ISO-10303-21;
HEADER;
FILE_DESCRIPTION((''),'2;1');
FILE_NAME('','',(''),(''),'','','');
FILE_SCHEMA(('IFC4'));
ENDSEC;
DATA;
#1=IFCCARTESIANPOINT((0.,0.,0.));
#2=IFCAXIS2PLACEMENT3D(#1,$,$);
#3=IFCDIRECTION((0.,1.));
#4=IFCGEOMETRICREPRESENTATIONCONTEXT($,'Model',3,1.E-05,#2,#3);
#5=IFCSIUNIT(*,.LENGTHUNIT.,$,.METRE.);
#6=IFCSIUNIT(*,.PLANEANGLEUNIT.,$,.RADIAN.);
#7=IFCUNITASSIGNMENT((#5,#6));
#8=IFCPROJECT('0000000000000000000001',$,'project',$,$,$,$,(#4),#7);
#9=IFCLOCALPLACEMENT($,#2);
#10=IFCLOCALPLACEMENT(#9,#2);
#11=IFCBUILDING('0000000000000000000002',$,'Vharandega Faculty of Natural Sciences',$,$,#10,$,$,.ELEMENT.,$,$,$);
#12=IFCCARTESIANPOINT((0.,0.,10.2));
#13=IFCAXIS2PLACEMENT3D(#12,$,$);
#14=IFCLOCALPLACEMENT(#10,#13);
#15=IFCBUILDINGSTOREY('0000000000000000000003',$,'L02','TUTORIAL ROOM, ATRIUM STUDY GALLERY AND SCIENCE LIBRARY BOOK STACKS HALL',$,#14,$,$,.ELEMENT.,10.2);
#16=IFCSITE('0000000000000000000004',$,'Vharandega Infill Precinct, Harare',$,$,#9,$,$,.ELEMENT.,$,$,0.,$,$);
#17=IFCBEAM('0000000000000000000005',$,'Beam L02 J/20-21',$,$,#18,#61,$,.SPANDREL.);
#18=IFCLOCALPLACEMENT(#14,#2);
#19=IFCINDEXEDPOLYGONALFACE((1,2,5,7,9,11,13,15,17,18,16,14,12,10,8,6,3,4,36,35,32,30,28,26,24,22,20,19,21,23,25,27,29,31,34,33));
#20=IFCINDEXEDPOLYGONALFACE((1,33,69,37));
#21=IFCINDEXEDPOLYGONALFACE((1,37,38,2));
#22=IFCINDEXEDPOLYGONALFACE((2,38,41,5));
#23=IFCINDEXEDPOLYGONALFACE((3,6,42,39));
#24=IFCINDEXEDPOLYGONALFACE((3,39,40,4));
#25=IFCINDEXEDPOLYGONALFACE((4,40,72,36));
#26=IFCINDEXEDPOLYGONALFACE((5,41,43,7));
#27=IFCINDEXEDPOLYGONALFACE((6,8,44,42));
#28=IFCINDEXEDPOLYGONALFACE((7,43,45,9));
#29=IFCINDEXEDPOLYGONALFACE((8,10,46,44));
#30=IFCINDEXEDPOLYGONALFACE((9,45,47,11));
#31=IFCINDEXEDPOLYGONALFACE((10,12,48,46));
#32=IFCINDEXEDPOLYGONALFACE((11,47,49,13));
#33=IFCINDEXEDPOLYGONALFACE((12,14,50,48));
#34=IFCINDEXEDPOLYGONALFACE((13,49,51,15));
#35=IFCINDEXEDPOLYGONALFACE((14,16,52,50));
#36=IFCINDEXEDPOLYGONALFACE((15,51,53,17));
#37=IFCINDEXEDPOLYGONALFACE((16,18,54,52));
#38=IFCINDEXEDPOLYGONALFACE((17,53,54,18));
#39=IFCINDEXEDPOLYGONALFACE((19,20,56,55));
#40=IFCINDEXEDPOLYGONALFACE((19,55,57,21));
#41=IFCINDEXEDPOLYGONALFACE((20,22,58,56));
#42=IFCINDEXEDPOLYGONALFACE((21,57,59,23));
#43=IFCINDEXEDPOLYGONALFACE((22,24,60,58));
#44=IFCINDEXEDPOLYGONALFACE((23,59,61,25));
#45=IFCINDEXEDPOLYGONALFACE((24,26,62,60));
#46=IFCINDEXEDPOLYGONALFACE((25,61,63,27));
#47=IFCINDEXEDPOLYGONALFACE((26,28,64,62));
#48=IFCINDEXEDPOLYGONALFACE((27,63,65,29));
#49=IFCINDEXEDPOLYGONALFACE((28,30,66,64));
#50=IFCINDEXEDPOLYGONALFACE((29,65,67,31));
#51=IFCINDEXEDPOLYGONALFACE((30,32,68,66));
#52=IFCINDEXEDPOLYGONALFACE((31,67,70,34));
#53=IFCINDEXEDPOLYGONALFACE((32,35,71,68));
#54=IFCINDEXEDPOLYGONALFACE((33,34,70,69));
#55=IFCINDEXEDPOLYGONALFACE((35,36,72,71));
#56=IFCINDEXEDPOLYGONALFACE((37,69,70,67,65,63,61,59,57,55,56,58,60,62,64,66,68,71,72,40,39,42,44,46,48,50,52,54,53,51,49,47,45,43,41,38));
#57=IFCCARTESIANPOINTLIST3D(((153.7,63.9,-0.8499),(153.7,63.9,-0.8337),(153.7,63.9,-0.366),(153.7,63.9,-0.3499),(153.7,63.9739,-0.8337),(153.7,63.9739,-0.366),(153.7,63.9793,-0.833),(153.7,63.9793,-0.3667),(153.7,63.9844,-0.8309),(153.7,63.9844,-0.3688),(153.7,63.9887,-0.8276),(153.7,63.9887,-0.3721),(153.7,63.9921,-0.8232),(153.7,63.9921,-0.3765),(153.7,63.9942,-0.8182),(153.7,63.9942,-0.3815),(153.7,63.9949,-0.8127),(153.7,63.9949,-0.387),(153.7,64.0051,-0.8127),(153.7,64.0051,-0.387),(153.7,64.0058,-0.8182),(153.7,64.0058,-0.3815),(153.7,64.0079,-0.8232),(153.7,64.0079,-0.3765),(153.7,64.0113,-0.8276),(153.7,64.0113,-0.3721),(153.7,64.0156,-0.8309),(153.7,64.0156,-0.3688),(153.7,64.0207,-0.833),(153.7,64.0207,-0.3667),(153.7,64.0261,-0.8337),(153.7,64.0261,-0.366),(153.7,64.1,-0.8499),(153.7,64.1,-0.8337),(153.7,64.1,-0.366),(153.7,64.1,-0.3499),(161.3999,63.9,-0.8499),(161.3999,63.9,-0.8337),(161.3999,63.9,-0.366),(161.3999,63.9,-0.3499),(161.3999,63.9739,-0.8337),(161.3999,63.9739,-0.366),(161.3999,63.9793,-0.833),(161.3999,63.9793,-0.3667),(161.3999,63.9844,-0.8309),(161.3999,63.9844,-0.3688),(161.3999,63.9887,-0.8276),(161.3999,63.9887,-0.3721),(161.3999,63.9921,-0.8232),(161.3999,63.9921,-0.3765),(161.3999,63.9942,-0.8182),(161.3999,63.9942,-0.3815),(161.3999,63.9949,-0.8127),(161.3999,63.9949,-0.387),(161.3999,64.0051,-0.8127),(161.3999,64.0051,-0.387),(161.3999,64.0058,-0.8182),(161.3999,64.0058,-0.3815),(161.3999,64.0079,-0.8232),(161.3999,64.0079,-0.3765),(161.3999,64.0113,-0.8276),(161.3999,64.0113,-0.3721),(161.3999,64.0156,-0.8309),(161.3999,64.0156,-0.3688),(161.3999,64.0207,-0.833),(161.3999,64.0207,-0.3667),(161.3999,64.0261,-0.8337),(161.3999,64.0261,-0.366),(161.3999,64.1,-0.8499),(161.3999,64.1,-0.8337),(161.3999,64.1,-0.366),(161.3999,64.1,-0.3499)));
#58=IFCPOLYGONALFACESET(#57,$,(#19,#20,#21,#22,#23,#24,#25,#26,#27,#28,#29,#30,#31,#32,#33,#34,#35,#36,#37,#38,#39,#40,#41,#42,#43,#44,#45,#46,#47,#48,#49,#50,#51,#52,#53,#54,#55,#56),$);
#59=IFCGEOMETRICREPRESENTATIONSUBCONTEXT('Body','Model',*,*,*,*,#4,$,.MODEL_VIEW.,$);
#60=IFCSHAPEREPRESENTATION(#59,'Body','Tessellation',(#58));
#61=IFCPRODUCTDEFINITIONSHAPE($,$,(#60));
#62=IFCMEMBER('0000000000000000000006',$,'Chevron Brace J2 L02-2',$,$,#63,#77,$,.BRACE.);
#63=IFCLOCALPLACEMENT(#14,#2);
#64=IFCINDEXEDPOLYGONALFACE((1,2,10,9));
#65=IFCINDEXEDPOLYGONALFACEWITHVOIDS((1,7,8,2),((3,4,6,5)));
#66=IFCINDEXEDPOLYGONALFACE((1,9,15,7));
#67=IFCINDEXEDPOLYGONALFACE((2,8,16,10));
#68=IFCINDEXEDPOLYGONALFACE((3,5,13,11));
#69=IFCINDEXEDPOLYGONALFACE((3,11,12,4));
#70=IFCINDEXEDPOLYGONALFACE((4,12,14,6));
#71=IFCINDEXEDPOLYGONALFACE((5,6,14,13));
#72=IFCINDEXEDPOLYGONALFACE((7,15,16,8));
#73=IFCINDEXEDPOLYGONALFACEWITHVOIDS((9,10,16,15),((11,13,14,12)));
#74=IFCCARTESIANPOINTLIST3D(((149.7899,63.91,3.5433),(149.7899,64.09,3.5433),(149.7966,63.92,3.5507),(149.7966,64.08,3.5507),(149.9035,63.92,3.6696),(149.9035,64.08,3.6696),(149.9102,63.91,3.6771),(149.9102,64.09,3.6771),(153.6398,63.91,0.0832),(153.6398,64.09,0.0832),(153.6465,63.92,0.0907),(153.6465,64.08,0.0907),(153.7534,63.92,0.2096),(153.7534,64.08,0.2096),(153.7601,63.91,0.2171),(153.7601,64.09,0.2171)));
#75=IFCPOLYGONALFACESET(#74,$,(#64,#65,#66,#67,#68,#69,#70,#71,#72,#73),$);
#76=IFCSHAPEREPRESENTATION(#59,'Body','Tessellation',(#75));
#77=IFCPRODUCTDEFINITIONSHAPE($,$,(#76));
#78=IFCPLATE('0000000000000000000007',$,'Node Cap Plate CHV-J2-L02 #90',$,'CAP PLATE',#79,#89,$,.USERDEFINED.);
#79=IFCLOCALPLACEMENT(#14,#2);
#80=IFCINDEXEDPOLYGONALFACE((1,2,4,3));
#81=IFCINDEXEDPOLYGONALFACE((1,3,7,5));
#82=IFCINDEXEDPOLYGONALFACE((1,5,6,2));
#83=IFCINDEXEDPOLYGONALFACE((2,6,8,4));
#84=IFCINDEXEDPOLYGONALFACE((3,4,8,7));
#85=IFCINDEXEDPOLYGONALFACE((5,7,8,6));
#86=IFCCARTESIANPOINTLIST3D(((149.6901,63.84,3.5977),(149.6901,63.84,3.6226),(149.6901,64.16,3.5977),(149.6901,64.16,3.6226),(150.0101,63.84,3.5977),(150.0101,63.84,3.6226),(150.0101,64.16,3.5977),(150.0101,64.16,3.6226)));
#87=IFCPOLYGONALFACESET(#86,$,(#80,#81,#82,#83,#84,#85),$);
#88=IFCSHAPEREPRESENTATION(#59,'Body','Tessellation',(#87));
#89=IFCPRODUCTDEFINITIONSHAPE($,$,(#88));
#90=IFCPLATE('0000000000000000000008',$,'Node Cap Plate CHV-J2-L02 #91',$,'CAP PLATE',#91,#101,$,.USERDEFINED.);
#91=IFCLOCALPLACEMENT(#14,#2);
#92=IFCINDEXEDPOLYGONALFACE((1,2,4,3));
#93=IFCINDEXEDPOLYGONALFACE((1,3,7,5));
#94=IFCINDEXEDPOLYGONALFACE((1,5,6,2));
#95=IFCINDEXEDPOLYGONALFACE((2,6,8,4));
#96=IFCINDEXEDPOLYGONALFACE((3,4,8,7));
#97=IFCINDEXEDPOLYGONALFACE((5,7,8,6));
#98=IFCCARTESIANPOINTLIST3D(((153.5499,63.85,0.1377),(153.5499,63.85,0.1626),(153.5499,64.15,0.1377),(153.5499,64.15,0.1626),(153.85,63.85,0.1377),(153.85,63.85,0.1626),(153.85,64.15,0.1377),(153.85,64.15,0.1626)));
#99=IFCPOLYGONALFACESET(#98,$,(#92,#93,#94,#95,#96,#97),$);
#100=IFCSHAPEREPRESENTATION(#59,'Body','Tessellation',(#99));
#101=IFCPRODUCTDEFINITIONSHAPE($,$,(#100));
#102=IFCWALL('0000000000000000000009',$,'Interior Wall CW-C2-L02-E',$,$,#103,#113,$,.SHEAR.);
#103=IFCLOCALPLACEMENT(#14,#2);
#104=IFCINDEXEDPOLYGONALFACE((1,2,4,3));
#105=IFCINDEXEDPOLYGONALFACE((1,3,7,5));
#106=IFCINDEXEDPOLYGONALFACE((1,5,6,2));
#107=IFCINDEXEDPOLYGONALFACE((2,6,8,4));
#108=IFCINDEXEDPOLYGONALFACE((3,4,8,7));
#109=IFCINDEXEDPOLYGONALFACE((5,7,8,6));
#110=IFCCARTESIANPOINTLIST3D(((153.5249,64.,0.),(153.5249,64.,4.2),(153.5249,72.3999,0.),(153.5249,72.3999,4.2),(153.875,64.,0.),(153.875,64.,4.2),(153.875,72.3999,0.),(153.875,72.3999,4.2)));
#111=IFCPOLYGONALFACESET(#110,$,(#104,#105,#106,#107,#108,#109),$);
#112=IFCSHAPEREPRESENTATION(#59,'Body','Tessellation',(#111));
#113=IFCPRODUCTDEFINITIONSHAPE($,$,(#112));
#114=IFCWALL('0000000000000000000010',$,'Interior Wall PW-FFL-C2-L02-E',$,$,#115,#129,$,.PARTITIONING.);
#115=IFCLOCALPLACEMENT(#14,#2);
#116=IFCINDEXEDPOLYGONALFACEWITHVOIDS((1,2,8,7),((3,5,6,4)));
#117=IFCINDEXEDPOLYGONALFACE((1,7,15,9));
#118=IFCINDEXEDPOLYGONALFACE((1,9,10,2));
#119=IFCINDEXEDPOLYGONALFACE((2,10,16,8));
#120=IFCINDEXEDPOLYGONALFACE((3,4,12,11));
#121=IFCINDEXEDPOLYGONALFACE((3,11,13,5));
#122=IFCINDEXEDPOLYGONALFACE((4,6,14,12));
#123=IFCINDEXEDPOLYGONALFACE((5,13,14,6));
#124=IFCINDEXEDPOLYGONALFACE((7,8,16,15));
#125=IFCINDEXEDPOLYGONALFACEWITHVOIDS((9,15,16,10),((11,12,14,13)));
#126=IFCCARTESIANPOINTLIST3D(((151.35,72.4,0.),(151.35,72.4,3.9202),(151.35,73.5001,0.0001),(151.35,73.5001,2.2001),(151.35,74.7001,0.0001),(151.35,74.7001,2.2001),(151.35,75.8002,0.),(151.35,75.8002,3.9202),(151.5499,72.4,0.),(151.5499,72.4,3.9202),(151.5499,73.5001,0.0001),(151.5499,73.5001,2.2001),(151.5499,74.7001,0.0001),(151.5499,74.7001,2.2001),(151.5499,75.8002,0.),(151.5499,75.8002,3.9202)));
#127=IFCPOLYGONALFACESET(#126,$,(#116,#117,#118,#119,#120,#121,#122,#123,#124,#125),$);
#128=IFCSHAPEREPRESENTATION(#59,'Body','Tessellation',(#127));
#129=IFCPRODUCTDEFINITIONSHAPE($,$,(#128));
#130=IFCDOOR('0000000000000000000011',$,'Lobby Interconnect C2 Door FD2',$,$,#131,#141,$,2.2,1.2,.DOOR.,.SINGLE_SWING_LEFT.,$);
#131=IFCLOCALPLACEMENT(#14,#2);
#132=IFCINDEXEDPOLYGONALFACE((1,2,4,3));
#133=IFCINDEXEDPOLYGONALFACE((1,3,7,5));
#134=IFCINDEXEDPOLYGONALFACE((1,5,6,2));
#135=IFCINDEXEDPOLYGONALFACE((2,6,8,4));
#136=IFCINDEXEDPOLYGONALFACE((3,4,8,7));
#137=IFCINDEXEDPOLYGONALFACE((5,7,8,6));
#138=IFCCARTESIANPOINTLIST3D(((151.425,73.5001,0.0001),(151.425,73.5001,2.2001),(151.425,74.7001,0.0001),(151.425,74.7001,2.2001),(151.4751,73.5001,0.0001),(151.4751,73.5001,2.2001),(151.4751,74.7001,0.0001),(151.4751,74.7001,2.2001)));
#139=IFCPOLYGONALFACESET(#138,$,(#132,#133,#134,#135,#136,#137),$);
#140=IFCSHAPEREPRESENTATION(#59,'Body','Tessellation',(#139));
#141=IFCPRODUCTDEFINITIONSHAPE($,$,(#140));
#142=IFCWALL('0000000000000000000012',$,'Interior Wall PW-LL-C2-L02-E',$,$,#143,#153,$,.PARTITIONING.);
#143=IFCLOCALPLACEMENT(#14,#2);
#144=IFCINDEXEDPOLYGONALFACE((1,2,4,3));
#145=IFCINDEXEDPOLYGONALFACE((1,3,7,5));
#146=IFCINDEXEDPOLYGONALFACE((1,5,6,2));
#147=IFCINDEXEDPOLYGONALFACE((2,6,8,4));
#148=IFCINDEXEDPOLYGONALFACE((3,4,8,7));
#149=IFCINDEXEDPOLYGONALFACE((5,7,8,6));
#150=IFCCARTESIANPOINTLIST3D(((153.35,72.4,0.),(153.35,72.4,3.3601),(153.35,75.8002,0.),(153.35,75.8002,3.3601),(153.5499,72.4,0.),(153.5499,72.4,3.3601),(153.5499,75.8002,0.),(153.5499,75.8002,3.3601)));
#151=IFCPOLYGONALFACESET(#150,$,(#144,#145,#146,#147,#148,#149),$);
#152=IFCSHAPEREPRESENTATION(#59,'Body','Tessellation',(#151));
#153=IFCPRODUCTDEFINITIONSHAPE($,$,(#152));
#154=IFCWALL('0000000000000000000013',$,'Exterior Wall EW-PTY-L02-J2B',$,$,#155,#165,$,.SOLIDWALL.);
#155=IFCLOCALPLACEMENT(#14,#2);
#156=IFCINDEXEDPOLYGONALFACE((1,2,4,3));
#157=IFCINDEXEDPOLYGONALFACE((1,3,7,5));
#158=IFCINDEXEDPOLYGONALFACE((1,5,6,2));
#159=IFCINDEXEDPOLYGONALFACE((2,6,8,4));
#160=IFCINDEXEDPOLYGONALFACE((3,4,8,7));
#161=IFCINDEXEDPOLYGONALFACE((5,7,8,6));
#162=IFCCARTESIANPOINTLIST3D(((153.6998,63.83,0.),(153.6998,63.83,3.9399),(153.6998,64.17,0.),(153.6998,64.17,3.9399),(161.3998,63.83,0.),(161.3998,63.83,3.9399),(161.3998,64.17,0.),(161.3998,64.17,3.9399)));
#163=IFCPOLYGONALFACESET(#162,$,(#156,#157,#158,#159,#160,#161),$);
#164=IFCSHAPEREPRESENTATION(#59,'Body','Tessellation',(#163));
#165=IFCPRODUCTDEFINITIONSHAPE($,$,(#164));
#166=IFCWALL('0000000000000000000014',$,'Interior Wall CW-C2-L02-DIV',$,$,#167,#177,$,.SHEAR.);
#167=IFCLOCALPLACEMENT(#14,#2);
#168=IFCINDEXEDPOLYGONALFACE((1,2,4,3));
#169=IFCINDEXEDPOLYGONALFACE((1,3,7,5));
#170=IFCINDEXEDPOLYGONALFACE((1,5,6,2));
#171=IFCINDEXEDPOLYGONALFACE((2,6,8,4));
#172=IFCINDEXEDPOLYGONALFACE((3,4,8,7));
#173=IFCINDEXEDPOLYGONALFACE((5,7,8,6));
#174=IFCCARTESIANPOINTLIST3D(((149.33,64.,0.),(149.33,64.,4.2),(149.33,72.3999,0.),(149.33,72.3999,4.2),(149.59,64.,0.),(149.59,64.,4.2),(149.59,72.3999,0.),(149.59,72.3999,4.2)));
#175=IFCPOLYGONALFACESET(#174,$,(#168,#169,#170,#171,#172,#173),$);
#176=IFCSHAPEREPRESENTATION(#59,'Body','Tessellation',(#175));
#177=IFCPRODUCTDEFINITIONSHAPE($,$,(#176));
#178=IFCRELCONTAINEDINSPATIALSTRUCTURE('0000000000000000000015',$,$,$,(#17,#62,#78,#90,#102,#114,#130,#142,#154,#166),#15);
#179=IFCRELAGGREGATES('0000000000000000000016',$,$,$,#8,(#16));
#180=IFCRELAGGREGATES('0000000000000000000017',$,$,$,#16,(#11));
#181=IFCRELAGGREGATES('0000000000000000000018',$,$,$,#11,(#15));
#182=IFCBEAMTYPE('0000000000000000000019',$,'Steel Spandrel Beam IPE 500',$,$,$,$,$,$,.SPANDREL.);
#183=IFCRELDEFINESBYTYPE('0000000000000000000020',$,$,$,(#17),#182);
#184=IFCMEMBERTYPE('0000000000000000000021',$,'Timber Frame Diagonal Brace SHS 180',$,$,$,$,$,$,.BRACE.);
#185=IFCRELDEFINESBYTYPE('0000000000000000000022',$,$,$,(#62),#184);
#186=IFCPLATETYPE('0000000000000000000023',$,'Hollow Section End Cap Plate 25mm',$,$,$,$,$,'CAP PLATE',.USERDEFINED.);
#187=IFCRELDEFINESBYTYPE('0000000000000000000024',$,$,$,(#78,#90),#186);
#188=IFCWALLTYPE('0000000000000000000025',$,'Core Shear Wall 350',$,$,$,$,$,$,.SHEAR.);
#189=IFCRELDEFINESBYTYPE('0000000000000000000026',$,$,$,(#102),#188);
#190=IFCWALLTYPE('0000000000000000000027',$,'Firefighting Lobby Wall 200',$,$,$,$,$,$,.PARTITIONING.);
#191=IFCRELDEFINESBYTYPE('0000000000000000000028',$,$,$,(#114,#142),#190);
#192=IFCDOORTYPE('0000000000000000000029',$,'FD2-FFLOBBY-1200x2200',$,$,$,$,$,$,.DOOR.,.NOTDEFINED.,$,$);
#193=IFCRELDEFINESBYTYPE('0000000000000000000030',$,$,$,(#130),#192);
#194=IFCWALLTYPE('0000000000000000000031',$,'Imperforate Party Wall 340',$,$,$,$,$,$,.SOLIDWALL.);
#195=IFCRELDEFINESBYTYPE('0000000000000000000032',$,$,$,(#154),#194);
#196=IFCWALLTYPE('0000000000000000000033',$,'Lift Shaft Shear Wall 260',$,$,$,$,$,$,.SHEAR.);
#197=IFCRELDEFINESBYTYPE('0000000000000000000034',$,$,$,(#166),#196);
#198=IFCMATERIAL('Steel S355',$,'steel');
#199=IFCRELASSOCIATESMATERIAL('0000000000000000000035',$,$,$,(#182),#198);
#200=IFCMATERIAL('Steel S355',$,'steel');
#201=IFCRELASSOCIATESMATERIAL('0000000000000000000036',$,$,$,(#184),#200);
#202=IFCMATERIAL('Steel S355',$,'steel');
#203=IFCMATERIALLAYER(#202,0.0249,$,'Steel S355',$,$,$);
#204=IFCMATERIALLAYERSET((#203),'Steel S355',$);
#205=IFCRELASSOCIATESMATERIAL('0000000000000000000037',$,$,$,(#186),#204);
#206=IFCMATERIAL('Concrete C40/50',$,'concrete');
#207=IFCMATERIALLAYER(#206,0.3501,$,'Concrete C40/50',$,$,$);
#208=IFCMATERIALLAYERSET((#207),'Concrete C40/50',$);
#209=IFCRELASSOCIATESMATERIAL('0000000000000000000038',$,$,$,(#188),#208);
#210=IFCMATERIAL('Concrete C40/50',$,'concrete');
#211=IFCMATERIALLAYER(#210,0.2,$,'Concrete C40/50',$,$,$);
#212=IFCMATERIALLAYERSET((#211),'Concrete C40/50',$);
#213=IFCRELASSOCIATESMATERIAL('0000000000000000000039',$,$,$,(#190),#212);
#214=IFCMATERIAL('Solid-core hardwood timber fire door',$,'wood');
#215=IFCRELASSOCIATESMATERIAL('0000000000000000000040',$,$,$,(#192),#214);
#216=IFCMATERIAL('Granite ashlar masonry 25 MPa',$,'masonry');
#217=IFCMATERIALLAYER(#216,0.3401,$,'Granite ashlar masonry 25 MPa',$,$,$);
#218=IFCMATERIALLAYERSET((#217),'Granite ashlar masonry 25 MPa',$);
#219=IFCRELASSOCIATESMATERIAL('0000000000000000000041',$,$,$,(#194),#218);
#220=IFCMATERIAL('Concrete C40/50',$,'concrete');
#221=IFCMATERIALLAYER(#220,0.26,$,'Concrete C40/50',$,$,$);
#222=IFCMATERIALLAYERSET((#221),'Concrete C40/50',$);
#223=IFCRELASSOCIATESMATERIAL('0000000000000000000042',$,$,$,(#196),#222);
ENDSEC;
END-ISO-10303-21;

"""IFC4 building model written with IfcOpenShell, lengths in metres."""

from ifc_helpers import new_model, si_unit, direction, frame, frame_2d, origin, origin_2d, place, context, subcontext, project, spatial, rectangle, hollow_rectangle, i_section, extrude, material, layer, layer_set, material_profile, profile_set, type_object, element, fill, save


model = new_model("IFC4")

# Units and contexts
model_context = context("Model", 3, precision=1e-05, world=origin(), true_north=direction((0.0, 1.0)))
body_context = subcontext(model_context, "Body", "Model", "MODEL_VIEW")
ifc_project = project(units=[si_unit("LENGTHUNIT", "METRE"), si_unit("PLANEANGLEUNIT", "RADIAN")], contexts=[model_context])

# Site, building, storey
site_placement = place(None, origin())
site = spatial("IfcSite", under=ifc_project, at=site_placement, Name="Vharandega Infill Precinct, Harare", CompositionType="ELEMENT", RefElevation=0.0)
building_placement = place(site_placement, origin())
building = spatial("IfcBuilding", under=site, at=building_placement, Name="Vharandega Faculty of Natural Sciences", CompositionType="ELEMENT")
storey_placement = place(building_placement, frame((0.0, 0.0, 10.2)))
storey = spatial("IfcBuildingStorey", under=building, at=storey_placement, Name="L02", Description="TUTORIAL ROOM, ATRIUM STUDY GALLERY AND SCIENCE LIBRARY BOOK STACKS HALL", CompositionType="ELEMENT", Elevation=10.2)

# Beam
ifc_material_1 = material(Name="Steel S355", Category="steel")
ifc_material_profile_1 = material_profile(ifc_material_1, i_section(OverallWidth=0.2, OverallDepth=0.5, WebThickness=0.0103, FlangeThickness=0.0161, FilletRadius=0.021, at=origin_2d()), Name="IPE 500")
ifc_profile_set_1 = profile_set([ifc_material_profile_1], Name="Steel S355")
beam_type_1 = type_object("IfcBeamType", Name="Steel Spandrel Beam IPE 500", PredefinedType="SPANDREL", material=ifc_profile_set_1)
beam_1_placement = place(storey_placement, frame((153.7, 64.0, -0.5999), z_axis=(1.0, 0.0, 0.0), x_axis=(0.0, 1.0, 0.0)))
element("IfcBeam", 1, at=beam_1_placement, inside=storey, type_object=beam_type_1, Name="Beam L02 J/20-21", PredefinedType="SPANDREL", context=body_context, shape_type="SweptSolid", body=[
    extrude(i_section(OverallWidth=0.2, OverallDepth=0.5, WebThickness=0.0103, FlangeThickness=0.0161, FilletRadius=0.021, at=origin_2d()), origin(), (0.0, 0.0, 1.0), 7.7),
])

# Member
ifc_material_2 = material(Name="Steel S355", Category="steel")
ifc_material_profile_2 = material_profile(ifc_material_2, hollow_rectangle(XDim=0.1799, YDim=0.1799, WallThickness=0.01, at=origin_2d()), Name="SHS 180x180x10")
ifc_profile_set_2 = profile_set([ifc_material_profile_2], Name="Steel S355")
member_type = type_object("IfcMemberType", Name="Timber Frame Diagonal Brace SHS 180", PredefinedType="BRACE", material=ifc_profile_set_2)
member_placement = place(storey_placement, frame((153.7, 64.0, 0.1501), z_axis=(-0.743765, 0.0, 0.668441), x_axis=(0.0, -1.0, 0.0)))
element("IfcMember", 2, at=member_placement, inside=storey, type_object=member_type, Name="Chevron Brace J2 L02-2", PredefinedType="BRACE", context=body_context, shape_type="SweptSolid", body=[
    extrude(hollow_rectangle(XDim=0.1799, YDim=0.1799, WallThickness=0.01, at=origin_2d()), origin(), (0.0, 0.0, 1.0), 5.1763),
])

# Plates
ifc_material_3 = material(Name="Steel S355", Category="steel")
ifc_layer_1 = layer(ifc_material_3, 0.0249, Name="Steel S355")
ifc_layer_set_1 = layer_set([ifc_layer_1], Name="Steel S355")
plate_type = type_object("IfcPlateType", Name="Hollow Section End Cap Plate 25mm", ElementType="CAP PLATE", PredefinedType="USERDEFINED", material=ifc_layer_set_1)
plate_1_placement = place(storey_placement, frame((149.8501, 64.0, 3.5977), z_axis=(0.0, 0.0, 1.0), x_axis=(1.0, 0.0, 0.0)))
element("IfcPlate", 3, at=plate_1_placement, inside=storey, type_object=plate_type, Name="Node Cap Plate CHV-J2-L02 #90", ObjectType="CAP PLATE", PredefinedType="USERDEFINED", context=body_context, shape_type="SweptSolid", body=[
    extrude(rectangle(XDim=0.3201, YDim=0.3201, at=origin_2d()), origin(), (0.0, 0.0, 1.0), 0.0249),
])
plate_2_placement = place(storey_placement, frame((153.7, 64.0, 0.1377), z_axis=(0.0, 0.0, 1.0), x_axis=(1.0, 0.0, 0.0)))
element("IfcPlate", 4, at=plate_2_placement, inside=storey, type_object=plate_type, Name="Node Cap Plate CHV-J2-L02 #91", ObjectType="CAP PLATE", PredefinedType="USERDEFINED", context=body_context, shape_type="SweptSolid", body=[
    extrude(rectangle(XDim=0.3, YDim=0.3, at=origin_2d()), origin(), (0.0, 0.0, 1.0), 0.0249),
])

# Wall
ifc_material_4 = material(Name="Concrete C40/50", Category="concrete")
ifc_layer_2 = layer(ifc_material_4, 0.3501, Name="Concrete C40/50")
ifc_layer_set_2 = layer_set([ifc_layer_2], Name="Concrete C40/50")
wall_type_1 = type_object("IfcWallType", Name="Core Shear Wall 350", PredefinedType="SHEAR", material=ifc_layer_set_2)
wall_1_placement = place(storey_placement, frame((153.7, 64.0, 0.0), z_axis=(0.0, 0.0, 1.0), x_axis=(0.0, 1.0, 0.0)))
element("IfcWall", 5, at=wall_1_placement, inside=storey, type_object=wall_type_1, Name="Interior Wall CW-C2-L02-E", PredefinedType="SHEAR", context=body_context, shape_type="SweptSolid", body=[
    extrude(rectangle(XDim=8.3999, YDim=0.3501, at=frame_2d((4.2, 0.0))), origin(), (0.0, 0.0, 1.0), 4.2),
])

# Wall, opening, door
ifc_material_5 = material(Name="Concrete C40/50", Category="concrete")
ifc_layer_3 = layer(ifc_material_5, 0.2, Name="Concrete C40/50")
ifc_layer_set_3 = layer_set([ifc_layer_3], Name="Concrete C40/50")
wall_type_2 = type_object("IfcWallType", Name="Firefighting Lobby Wall 200", PredefinedType="PARTITIONING", material=ifc_layer_set_3)
wall_2_placement = place(storey_placement, frame((151.45, 72.3999, 0.0), z_axis=(0.0, 0.0, 1.0), x_axis=(0.0, 1.0, 0.0)))
wall_2 = element("IfcWall", 6, at=wall_2_placement, inside=storey, type_object=wall_type_2, Name="Interior Wall PW-FFL-C2-L02-E", PredefinedType="PARTITIONING", context=body_context, shape_type="SweptSolid", body=[
    extrude(rectangle(XDim=3.4001, YDim=0.2, at=frame_2d((1.7002, 0.0))), origin(), (0.0, 0.0, 1.0), 3.9202),
])
opening_1_placement = place(wall_2_placement, frame((1.1001, 0.0, 0.0)))
opening_1 = element("IfcOpeningElement", 7, at=opening_1_placement, cuts=wall_2, PredefinedType="OPENING", context=body_context, shape_type="SweptSolid", body=[
    extrude(rectangle(XDim=1.2, YDim=2.2, at=frame_2d((0.6001, 1.1001))), frame((0.0, 0.1099, 0.0), z_axis=(0.0, -1.0, 0.0), x_axis=(1.0, 0.0, 0.0)), (0.0, 0.0, 1.0), 0.22),
])
ifc_material_6 = material(Name="Solid-core hardwood timber fire door", Category="wood")
door_type_1 = type_object("IfcDoorType", Name="FD2-FFLOBBY-1200x2200", OperationType="NOTDEFINED", PredefinedType="DOOR", material=ifc_material_6)
door_1_placement = place(opening_1_placement, origin())
door_1 = element("IfcDoor", 8, at=door_1_placement, inside=storey, type_object=door_type_1, Name="Lobby Interconnect C2 Door FD2", OperationType="SINGLE_SWING_LEFT", OverallHeight=2.2, OverallWidth=1.2, PredefinedType="DOOR", context=body_context, shape_type="SweptSolid", body=[
    extrude(rectangle(XDim=1.2, YDim=2.2, at=frame_2d((0.6001, 1.1001))), frame((0.0, 0.0249, 0.0), z_axis=(0.0, -1.0, 0.0), x_axis=(1.0, 0.0, 0.0)), (0.0, 0.0, 1.0), 0.05),
])
fill(opening_1, door_1)

# Walls
wall_3_placement = place(storey_placement, frame((153.45, 72.3999, 0.0), z_axis=(0.0, 0.0, 1.0), x_axis=(0.0, 1.0, 0.0)))
element("IfcWall", 9, at=wall_3_placement, inside=storey, type_object=wall_type_2, Name="Interior Wall PW-LL-C2-L02-E", PredefinedType="PARTITIONING", context=body_context, shape_type="SweptSolid", body=[
    extrude(rectangle(XDim=3.4001, YDim=0.2, at=frame_2d((1.7002, 0.0))), origin(), (0.0, 0.0, 1.0), 3.3601),
])
ifc_material_7 = material(Name="Granite ashlar masonry 25 MPa", Category="masonry")
ifc_layer_4 = layer(ifc_material_7, 0.3401, Name="Granite ashlar masonry 25 MPa")
ifc_layer_set_4 = layer_set([ifc_layer_4], Name="Granite ashlar masonry 25 MPa")
wall_type_3 = type_object("IfcWallType", Name="Imperforate Party Wall 340", PredefinedType="SOLIDWALL", material=ifc_layer_set_4)
wall_4_placement = place(storey_placement, frame((161.3999, 64.0, 0.0), z_axis=(0.0, 0.0, 1.0), x_axis=(-1.0, 0.0, 0.0)))
element("IfcWall", 10, at=wall_4_placement, inside=storey, type_object=wall_type_3, Name="Exterior Wall EW-PTY-L02-J2B", PredefinedType="SOLIDWALL", context=body_context, shape_type="SweptSolid", body=[
    extrude(rectangle(XDim=7.7, YDim=0.3401, at=frame_2d((3.8501, 0.0))), origin(), (0.0, 0.0, 1.0), 3.9399),
])
ifc_material_8 = material(Name="Concrete C40/50", Category="concrete")
ifc_layer_5 = layer(ifc_material_8, 0.26, Name="Concrete C40/50")
ifc_layer_set_5 = layer_set([ifc_layer_5], Name="Concrete C40/50")
wall_type_4 = type_object("IfcWallType", Name="Lift Shaft Shear Wall 260", PredefinedType="SHEAR", material=ifc_layer_set_5)
wall_5_placement = place(storey_placement, frame((149.46, 64.0, 0.0), z_axis=(0.0, 0.0, 1.0), x_axis=(0.0, 1.0, 0.0)))
element("IfcWall", 11, at=wall_5_placement, inside=storey, type_object=wall_type_4, Name="Interior Wall CW-C2-L02-DIV", PredefinedType="SHEAR", context=body_context, shape_type="SweptSolid", body=[
    extrude(rectangle(XDim=8.3999, YDim=0.26, at=frame_2d((4.2, 0.0))), origin(), (0.0, 0.0, 1.0), 4.2),
])

save(model, "model.ifc")
